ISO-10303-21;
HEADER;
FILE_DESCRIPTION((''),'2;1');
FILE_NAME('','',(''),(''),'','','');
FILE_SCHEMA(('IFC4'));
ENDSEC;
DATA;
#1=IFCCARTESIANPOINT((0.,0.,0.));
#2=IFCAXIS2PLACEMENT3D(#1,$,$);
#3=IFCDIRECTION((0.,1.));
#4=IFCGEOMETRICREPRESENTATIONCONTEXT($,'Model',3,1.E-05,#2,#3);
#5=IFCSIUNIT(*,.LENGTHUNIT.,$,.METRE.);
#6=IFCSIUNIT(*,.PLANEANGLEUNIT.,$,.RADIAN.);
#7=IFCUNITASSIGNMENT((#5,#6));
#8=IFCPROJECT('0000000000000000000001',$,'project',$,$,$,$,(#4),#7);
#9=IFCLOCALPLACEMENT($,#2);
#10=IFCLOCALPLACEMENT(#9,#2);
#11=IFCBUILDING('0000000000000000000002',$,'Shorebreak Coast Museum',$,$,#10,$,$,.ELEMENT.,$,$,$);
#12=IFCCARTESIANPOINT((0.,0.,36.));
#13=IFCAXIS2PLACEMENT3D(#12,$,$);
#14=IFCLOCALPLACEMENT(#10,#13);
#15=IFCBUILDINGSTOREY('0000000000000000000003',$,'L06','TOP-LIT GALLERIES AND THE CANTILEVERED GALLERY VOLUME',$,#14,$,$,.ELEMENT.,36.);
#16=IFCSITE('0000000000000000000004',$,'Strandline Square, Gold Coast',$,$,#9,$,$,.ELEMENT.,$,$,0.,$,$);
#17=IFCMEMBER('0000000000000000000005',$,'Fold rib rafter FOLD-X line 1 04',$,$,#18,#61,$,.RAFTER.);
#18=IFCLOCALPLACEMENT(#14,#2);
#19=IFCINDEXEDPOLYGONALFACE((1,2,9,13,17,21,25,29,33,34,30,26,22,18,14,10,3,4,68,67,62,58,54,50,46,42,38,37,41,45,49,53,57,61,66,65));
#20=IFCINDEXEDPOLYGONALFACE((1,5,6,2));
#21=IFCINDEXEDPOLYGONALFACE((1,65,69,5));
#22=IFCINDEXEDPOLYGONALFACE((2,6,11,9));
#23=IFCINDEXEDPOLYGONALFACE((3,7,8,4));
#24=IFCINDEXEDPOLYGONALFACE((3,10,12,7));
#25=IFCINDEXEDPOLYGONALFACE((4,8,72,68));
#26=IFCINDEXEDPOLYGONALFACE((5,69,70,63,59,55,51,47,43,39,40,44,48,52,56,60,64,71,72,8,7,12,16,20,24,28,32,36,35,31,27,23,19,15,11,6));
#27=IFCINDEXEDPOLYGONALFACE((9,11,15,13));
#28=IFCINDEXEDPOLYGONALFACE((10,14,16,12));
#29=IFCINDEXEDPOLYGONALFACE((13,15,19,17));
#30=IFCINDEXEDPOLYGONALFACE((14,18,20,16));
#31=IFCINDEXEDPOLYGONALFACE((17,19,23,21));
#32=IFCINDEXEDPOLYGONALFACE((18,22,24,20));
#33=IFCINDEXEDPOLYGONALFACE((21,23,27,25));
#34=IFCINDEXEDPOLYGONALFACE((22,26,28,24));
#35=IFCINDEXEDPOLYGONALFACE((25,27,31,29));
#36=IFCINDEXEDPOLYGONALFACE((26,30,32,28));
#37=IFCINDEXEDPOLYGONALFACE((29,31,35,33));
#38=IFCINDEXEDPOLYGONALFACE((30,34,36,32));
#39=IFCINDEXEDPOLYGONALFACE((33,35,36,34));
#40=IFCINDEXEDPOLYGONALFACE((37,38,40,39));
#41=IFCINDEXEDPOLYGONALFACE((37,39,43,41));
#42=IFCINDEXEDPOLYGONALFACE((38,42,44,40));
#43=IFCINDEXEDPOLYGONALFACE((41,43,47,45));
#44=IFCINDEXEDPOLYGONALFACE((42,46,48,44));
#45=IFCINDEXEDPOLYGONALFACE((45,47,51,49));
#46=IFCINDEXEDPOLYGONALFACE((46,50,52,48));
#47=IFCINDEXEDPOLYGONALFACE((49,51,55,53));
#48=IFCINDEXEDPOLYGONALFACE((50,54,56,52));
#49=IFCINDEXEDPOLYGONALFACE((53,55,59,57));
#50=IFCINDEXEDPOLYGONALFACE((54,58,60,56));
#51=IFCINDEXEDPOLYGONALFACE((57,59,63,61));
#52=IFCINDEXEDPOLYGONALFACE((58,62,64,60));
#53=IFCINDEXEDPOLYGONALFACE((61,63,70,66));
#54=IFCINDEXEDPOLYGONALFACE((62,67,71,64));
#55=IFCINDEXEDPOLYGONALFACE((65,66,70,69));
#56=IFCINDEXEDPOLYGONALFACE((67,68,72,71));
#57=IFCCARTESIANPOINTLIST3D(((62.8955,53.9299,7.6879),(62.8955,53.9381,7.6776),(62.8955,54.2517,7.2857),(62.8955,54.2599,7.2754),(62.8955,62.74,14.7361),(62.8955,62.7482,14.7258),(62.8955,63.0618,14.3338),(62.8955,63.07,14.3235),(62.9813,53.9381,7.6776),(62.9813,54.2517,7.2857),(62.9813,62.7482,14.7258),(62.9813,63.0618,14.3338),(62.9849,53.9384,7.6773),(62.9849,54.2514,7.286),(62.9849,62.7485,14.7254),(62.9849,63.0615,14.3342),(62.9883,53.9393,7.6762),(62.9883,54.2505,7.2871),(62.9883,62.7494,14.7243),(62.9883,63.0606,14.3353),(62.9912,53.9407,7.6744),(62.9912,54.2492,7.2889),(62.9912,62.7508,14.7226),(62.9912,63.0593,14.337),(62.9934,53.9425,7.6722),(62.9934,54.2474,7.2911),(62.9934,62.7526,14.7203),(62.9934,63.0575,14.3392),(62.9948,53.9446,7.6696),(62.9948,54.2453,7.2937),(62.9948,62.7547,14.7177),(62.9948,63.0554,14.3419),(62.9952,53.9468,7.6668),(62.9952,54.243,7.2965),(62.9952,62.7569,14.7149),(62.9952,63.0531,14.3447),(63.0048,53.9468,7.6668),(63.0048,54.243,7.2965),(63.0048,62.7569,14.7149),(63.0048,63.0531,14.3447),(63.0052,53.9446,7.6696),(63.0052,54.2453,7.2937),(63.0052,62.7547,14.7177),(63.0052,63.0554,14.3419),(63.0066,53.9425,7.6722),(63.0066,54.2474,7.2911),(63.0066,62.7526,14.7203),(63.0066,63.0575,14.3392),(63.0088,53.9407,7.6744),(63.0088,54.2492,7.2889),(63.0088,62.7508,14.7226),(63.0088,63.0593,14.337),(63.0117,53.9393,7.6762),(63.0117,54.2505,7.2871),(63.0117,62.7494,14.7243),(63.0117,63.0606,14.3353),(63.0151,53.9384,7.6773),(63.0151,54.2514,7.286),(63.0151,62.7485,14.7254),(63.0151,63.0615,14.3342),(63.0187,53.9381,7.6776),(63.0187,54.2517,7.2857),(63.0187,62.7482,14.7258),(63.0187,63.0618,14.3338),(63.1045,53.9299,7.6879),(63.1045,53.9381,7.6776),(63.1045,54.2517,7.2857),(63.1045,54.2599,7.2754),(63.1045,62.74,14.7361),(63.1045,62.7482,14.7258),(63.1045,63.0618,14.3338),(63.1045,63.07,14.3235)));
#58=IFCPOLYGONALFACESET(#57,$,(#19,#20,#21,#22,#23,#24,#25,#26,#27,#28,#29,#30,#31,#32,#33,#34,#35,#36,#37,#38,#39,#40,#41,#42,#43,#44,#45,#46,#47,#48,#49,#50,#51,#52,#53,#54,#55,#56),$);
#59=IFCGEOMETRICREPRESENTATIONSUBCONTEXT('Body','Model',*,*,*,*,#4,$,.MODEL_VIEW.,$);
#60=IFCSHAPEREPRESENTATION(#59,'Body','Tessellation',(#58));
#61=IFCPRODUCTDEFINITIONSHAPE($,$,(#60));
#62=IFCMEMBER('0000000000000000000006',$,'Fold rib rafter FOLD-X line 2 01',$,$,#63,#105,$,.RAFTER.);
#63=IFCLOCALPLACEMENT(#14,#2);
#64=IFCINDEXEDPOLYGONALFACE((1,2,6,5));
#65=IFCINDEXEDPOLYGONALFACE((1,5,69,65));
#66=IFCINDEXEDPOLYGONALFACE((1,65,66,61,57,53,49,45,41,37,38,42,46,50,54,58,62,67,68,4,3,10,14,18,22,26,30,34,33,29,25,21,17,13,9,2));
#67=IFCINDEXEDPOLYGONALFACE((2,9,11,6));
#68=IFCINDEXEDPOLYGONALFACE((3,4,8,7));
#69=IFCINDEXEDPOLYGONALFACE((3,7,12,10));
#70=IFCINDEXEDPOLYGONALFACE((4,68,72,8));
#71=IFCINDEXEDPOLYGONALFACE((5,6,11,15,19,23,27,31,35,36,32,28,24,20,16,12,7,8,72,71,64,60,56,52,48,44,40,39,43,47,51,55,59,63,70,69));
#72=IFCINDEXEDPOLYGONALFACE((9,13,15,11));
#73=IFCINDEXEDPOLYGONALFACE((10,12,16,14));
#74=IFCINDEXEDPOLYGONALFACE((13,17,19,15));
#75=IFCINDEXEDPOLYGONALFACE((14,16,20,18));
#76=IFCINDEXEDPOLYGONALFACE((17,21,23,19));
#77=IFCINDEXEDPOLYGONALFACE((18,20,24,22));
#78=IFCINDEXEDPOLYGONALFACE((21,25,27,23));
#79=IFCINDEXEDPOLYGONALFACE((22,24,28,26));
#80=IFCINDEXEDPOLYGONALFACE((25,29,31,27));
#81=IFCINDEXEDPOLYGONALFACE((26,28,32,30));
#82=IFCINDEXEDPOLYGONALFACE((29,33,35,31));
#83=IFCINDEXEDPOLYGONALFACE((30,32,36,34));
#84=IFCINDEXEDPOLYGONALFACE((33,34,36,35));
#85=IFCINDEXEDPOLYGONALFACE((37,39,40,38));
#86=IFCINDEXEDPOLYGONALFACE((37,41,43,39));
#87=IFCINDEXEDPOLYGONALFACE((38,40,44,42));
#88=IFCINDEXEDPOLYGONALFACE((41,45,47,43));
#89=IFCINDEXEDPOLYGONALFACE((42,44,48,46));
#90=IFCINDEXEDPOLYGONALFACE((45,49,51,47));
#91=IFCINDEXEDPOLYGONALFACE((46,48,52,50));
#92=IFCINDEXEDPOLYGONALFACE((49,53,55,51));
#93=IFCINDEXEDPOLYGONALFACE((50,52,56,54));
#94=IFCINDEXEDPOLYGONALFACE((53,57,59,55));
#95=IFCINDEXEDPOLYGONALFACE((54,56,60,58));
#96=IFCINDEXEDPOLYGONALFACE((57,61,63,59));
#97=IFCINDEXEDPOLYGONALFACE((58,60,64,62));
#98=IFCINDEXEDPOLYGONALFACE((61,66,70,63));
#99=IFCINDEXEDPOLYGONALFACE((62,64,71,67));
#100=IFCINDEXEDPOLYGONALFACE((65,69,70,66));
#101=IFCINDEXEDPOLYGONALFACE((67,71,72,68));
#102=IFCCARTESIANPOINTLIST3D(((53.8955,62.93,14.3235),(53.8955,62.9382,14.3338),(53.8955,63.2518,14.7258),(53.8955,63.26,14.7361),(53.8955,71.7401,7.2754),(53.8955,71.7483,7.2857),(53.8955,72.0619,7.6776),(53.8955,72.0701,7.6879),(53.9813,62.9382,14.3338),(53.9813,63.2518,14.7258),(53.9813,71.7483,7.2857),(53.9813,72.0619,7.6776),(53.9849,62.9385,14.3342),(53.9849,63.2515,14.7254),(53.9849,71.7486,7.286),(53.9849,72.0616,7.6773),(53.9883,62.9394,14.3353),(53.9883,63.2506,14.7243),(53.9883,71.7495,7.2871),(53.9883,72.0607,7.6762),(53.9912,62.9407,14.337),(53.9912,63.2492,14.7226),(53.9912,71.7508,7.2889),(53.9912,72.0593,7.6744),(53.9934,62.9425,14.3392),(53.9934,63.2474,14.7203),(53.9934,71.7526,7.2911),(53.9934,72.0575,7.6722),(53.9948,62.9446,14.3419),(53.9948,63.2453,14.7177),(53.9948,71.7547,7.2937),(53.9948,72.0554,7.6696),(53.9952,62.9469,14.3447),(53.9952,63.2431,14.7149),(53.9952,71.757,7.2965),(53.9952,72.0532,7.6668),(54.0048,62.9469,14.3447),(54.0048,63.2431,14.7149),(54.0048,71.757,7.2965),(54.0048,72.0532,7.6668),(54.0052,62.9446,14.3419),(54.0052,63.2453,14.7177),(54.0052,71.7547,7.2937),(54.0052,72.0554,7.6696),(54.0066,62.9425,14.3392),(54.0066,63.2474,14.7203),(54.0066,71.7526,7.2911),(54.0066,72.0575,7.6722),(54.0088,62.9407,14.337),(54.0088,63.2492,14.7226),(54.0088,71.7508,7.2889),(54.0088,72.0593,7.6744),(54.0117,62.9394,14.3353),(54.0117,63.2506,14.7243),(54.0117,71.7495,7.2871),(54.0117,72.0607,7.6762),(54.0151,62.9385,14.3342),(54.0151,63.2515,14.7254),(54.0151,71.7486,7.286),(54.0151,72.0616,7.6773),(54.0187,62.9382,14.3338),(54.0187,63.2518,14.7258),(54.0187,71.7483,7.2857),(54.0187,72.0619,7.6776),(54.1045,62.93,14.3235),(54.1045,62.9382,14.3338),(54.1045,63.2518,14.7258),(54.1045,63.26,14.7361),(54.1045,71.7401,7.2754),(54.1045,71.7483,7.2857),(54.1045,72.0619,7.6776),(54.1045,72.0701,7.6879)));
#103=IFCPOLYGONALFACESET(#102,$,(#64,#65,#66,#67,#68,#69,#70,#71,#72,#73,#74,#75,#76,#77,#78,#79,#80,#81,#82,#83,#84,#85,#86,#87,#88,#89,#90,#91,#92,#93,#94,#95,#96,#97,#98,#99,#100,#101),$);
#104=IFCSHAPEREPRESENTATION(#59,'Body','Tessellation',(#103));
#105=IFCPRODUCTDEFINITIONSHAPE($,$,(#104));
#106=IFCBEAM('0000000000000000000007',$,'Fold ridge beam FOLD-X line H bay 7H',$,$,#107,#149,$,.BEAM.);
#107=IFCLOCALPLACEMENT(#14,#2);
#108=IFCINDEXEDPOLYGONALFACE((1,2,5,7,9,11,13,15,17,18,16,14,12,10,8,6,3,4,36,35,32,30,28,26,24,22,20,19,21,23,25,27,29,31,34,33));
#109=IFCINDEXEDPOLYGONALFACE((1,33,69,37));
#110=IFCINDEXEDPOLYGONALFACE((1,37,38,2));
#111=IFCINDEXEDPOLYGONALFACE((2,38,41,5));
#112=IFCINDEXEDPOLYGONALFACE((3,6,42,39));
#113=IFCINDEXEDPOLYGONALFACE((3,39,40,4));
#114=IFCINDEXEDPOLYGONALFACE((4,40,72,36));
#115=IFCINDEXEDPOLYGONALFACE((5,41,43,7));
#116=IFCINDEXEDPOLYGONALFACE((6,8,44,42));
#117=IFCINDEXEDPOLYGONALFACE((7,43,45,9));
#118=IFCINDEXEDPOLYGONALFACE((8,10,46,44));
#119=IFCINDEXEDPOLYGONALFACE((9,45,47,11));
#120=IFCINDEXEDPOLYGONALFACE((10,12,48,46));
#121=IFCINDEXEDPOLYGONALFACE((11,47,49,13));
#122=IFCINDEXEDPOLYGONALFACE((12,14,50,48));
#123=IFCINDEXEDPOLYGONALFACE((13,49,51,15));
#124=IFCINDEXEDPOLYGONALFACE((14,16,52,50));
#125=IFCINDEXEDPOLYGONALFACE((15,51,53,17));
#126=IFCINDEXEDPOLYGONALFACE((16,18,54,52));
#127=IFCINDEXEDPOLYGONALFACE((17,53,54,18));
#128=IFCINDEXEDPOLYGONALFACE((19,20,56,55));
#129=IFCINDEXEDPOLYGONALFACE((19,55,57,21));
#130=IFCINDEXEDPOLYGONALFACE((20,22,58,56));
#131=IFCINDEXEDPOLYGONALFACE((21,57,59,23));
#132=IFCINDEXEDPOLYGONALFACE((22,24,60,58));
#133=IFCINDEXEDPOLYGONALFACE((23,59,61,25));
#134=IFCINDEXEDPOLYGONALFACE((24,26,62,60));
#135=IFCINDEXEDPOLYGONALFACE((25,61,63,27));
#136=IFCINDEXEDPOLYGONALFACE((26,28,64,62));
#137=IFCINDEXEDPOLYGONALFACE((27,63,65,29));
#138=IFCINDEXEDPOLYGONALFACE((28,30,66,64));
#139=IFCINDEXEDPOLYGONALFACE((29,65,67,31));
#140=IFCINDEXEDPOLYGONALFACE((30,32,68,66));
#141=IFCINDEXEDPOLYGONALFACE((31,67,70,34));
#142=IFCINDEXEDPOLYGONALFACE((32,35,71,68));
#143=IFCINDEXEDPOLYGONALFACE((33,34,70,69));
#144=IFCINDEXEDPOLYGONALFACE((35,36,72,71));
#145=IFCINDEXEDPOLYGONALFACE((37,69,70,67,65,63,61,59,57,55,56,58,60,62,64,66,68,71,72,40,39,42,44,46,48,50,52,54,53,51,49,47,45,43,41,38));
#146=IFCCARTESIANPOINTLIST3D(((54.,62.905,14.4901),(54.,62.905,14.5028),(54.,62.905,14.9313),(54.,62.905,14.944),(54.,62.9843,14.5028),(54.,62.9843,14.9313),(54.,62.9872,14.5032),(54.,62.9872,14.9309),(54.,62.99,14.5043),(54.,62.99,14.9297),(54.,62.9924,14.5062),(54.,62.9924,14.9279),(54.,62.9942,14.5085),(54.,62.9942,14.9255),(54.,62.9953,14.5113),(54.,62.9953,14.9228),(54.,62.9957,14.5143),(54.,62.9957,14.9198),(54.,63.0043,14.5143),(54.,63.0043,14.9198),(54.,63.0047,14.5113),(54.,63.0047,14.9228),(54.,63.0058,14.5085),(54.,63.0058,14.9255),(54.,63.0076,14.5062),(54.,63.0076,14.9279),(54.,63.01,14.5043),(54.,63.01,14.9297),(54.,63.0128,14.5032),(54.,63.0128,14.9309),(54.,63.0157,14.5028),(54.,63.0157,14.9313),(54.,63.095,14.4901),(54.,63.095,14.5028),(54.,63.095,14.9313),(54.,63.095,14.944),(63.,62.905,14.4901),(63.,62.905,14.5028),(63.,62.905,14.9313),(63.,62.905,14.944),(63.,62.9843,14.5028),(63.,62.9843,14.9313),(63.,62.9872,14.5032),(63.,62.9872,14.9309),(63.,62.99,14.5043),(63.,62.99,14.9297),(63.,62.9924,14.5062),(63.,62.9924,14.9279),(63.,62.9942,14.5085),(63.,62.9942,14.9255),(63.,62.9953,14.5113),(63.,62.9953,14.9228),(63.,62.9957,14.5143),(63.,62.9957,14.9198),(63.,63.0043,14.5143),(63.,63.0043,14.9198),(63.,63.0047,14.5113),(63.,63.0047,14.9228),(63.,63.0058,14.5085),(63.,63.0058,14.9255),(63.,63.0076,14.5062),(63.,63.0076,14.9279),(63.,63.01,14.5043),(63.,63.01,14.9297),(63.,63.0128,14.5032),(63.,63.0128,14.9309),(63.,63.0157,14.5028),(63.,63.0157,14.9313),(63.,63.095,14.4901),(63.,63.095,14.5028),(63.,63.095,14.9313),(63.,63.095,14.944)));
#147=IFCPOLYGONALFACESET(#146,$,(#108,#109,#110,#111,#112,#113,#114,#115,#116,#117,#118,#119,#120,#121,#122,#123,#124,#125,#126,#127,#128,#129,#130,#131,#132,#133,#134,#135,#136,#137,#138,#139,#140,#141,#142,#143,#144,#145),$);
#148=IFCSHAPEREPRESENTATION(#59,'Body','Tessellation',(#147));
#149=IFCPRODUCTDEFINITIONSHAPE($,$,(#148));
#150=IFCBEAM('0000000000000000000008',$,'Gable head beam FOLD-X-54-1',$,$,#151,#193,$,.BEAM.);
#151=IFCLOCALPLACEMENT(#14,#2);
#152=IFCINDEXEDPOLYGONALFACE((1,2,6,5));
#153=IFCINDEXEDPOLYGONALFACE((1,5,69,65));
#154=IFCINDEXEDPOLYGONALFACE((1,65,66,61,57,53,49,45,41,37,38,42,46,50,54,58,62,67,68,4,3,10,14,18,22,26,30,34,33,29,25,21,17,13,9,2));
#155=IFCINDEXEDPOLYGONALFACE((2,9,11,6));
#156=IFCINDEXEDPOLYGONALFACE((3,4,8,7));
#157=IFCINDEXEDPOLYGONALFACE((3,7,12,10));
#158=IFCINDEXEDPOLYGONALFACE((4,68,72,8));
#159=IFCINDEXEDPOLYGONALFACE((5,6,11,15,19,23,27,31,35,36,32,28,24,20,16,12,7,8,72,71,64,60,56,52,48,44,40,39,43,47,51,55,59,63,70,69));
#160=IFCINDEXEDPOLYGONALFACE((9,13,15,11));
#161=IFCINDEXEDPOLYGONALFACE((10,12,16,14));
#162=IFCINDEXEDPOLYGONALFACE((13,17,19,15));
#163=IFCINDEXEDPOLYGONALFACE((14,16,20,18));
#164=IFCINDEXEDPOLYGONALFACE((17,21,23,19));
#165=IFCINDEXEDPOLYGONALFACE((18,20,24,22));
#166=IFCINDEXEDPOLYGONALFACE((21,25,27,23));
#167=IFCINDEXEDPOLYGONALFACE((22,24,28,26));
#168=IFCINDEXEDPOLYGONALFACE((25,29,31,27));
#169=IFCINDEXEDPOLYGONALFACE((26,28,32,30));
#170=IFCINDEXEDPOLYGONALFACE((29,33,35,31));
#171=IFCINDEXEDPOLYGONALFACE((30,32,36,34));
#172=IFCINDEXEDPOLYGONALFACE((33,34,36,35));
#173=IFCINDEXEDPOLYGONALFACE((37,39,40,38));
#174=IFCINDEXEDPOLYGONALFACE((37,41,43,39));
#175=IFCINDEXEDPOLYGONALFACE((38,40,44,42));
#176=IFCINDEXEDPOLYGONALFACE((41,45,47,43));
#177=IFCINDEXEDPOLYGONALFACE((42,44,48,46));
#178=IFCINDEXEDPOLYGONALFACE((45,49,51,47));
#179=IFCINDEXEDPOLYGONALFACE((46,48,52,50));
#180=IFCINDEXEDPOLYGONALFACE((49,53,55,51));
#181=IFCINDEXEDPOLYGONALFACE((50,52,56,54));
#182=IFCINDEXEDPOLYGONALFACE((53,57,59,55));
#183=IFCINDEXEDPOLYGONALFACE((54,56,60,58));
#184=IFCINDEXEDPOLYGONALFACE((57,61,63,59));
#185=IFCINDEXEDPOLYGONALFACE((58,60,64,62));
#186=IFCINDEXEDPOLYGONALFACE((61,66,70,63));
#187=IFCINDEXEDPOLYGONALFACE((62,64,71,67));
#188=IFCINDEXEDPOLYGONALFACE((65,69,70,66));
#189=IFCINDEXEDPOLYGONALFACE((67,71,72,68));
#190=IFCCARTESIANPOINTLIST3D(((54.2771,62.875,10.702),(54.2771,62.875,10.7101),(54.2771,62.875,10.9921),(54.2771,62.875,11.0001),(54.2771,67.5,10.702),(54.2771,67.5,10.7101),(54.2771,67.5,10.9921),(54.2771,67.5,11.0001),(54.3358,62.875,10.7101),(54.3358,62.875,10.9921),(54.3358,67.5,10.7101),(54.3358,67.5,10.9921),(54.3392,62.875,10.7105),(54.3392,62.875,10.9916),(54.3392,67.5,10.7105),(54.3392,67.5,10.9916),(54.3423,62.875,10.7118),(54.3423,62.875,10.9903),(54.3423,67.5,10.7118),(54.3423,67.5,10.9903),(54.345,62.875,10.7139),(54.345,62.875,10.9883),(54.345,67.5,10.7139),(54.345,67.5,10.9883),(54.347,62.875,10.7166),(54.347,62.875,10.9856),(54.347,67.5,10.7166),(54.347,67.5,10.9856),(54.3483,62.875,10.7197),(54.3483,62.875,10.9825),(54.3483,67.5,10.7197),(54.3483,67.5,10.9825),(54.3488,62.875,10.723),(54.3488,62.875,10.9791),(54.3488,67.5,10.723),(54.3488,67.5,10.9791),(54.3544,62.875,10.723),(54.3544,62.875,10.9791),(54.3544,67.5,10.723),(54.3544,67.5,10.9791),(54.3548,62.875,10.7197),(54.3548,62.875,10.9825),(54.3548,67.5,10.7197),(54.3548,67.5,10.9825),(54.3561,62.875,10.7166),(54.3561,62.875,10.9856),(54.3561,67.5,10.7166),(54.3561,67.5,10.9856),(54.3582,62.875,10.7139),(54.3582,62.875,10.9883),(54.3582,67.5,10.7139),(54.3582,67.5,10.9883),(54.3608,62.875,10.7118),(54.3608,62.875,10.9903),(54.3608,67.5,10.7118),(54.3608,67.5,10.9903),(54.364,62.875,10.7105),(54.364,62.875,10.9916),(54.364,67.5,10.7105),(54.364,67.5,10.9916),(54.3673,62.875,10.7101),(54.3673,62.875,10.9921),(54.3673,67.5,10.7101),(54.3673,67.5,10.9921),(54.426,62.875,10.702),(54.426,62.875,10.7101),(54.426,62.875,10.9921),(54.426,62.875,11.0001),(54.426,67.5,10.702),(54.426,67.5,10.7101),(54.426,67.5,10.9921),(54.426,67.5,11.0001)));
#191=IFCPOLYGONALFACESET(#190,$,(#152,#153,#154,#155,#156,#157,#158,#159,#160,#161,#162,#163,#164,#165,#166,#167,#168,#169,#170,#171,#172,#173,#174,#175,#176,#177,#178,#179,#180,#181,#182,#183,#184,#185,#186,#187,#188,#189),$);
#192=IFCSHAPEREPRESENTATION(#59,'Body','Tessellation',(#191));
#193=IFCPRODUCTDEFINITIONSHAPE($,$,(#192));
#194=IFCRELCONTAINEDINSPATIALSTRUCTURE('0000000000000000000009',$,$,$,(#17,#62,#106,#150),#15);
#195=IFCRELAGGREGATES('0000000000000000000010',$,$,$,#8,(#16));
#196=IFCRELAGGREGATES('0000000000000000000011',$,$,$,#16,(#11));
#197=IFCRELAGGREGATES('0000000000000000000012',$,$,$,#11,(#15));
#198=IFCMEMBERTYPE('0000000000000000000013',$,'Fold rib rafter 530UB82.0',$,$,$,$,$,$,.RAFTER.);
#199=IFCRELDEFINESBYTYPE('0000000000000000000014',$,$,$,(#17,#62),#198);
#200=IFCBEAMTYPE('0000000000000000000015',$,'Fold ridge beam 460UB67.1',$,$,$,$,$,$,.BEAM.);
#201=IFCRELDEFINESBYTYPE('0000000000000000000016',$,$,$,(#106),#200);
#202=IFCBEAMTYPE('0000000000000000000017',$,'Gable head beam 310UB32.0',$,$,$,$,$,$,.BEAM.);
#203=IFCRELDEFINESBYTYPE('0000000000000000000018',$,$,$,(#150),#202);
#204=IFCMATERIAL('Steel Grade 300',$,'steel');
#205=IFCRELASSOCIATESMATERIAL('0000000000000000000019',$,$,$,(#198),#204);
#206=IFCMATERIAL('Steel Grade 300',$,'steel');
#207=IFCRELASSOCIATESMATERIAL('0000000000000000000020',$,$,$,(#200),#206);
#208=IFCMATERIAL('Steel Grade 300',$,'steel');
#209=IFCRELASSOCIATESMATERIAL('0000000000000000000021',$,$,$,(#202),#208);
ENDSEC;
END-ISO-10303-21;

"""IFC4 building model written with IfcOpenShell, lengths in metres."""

from ifc_helpers import new_model, si_unit, direction, frame, origin, origin_2d, place, context, subcontext, project, spatial, i_section, extrude, material, material_profile, profile_set, type_object, element, save


model = new_model("IFC4")

# Units and contexts
model_context = context("Model", 3, precision=1e-05, world=origin(), true_north=direction((0.0, 1.0)))
body_context = subcontext(model_context, "Body", "Model", "MODEL_VIEW")
ifc_project = project(units=[si_unit("LENGTHUNIT", "METRE"), si_unit("PLANEANGLEUNIT", "RADIAN")], contexts=[model_context])

# Site, building, storey
site_placement = place(None, origin())
site = spatial("IfcSite", under=ifc_project, at=site_placement, Name="Strandline Square, Gold Coast", CompositionType="ELEMENT", RefElevation=0.0)
building_placement = place(site_placement, origin())
building = spatial("IfcBuilding", under=site, at=building_placement, Name="Shorebreak Coast Museum", CompositionType="ELEMENT")
storey_placement = place(building_placement, frame((0.0, 0.0, 36.0)))
storey = spatial("IfcBuildingStorey", under=building, at=storey_placement, Name="L06", Description="TOP-LIT GALLERIES AND THE CANTILEVERED GALLERY VOLUME", CompositionType="ELEMENT", Elevation=36.0)

# Members
ifc_material_1 = material(Name="Steel Grade 300", Category="steel")
ifc_material_profile_1 = material_profile(ifc_material_1, i_section(OverallWidth=0.209, OverallDepth=0.5283, WebThickness=0.0095, FlangeThickness=0.0132, FilletRadius=0.0139, at=origin_2d()), Name="530UB82.0")
ifc_profile_set_1 = profile_set([ifc_material_profile_1], Name="Steel Grade 300")
member_type_1 = type_object("IfcMemberType", Name="Fold rib rafter 530UB82.0", PredefinedType="RAFTER", material=ifc_profile_set_1)
for number, where, z_axis, x_axis, name in (
    (1, (63.0, 62.905, 14.5298), (0.0, -0.780867, -0.624698), (1.0, 0.0, 0.0), "Fold rib rafter FOLD-X line 1 04"),
    (2, (54.0, 63.095, 14.5298), (0.0, 0.780867, -0.624698), (-1.0, 0.0, 0.0), "Fold rib rafter FOLD-X line 2 01"),
):
    element("IfcMember", number, at=place(storey_placement, frame(where, z_axis=z_axis, x_axis=x_axis)), inside=storey, type_object=member_type_1, Name=name, PredefinedType="RAFTER", context=body_context, shape_type="SweptSolid", body=[
        extrude(i_section(OverallWidth=0.209, OverallDepth=0.5283, WebThickness=0.0095, FlangeThickness=0.0132, FilletRadius=0.0139, at=origin_2d()), origin(), (0.0, 0.0, 1.0), 11.2825),
    ])

# Beams
ifc_material_2 = material(Name="Steel Grade 300", Category="steel")
ifc_material_profile_2 = material_profile(ifc_material_2, i_section(OverallWidth=0.1899, OverallDepth=0.4539, WebThickness=0.0085, FlangeThickness=0.0127, FilletRadius=0.0115, at=origin_2d()), Name="460UB67.1")
ifc_profile_set_2 = profile_set([ifc_material_profile_2], Name="Steel Grade 300")
beam_type_1 = type_object("IfcBeamType", Name="Fold ridge beam 460UB67.1", PredefinedType="BEAM", material=ifc_profile_set_2)
beam_1_placement = place(storey_placement, frame((54.0, 63.0, 14.717), z_axis=(1.0, 0.0, 0.0), x_axis=(0.0, 1.0, 0.0)))
element("IfcBeam", 3, at=beam_1_placement, inside=storey, type_object=beam_type_1, Name="Fold ridge beam FOLD-X line H bay 7H", PredefinedType="BEAM", context=body_context, shape_type="SweptSolid", body=[
    extrude(i_section(OverallWidth=0.1899, OverallDepth=0.4539, WebThickness=0.0085, FlangeThickness=0.0127, FilletRadius=0.0115, at=origin_2d()), origin(), (0.0, 0.0, 1.0), 9.0),
])
ifc_material_3 = material(Name="Steel Grade 300", Category="steel")
ifc_material_profile_3 = material_profile(ifc_material_3, i_section(OverallWidth=0.1489, OverallDepth=0.2981, WebThickness=0.0056, FlangeThickness=0.0081, FilletRadius=0.0129, at=origin_2d()), Name="310UB32.0")
ifc_profile_set_3 = profile_set([ifc_material_profile_3], Name="Steel Grade 300")
beam_type_2 = type_object("IfcBeamType", Name="Gable head beam 310UB32.0", PredefinedType="BEAM", material=ifc_profile_set_3)
beam_2_placement = place(storey_placement, frame((54.3516, 62.875, 10.8511), z_axis=(0.0, 1.0, 0.0), x_axis=(-1.0, 0.0, 0.0)))
element("IfcBeam", 4, at=beam_2_placement, inside=storey, type_object=beam_type_2, Name="Gable head beam FOLD-X-54-1", PredefinedType="BEAM", context=body_context, shape_type="SweptSolid", body=[
    extrude(i_section(OverallWidth=0.1489, OverallDepth=0.2981, WebThickness=0.0056, FlangeThickness=0.0081, FilletRadius=0.0129, at=origin_2d()), origin(), (0.0, 0.0, 1.0), 4.625),
])

save(model, "model.ifc")
